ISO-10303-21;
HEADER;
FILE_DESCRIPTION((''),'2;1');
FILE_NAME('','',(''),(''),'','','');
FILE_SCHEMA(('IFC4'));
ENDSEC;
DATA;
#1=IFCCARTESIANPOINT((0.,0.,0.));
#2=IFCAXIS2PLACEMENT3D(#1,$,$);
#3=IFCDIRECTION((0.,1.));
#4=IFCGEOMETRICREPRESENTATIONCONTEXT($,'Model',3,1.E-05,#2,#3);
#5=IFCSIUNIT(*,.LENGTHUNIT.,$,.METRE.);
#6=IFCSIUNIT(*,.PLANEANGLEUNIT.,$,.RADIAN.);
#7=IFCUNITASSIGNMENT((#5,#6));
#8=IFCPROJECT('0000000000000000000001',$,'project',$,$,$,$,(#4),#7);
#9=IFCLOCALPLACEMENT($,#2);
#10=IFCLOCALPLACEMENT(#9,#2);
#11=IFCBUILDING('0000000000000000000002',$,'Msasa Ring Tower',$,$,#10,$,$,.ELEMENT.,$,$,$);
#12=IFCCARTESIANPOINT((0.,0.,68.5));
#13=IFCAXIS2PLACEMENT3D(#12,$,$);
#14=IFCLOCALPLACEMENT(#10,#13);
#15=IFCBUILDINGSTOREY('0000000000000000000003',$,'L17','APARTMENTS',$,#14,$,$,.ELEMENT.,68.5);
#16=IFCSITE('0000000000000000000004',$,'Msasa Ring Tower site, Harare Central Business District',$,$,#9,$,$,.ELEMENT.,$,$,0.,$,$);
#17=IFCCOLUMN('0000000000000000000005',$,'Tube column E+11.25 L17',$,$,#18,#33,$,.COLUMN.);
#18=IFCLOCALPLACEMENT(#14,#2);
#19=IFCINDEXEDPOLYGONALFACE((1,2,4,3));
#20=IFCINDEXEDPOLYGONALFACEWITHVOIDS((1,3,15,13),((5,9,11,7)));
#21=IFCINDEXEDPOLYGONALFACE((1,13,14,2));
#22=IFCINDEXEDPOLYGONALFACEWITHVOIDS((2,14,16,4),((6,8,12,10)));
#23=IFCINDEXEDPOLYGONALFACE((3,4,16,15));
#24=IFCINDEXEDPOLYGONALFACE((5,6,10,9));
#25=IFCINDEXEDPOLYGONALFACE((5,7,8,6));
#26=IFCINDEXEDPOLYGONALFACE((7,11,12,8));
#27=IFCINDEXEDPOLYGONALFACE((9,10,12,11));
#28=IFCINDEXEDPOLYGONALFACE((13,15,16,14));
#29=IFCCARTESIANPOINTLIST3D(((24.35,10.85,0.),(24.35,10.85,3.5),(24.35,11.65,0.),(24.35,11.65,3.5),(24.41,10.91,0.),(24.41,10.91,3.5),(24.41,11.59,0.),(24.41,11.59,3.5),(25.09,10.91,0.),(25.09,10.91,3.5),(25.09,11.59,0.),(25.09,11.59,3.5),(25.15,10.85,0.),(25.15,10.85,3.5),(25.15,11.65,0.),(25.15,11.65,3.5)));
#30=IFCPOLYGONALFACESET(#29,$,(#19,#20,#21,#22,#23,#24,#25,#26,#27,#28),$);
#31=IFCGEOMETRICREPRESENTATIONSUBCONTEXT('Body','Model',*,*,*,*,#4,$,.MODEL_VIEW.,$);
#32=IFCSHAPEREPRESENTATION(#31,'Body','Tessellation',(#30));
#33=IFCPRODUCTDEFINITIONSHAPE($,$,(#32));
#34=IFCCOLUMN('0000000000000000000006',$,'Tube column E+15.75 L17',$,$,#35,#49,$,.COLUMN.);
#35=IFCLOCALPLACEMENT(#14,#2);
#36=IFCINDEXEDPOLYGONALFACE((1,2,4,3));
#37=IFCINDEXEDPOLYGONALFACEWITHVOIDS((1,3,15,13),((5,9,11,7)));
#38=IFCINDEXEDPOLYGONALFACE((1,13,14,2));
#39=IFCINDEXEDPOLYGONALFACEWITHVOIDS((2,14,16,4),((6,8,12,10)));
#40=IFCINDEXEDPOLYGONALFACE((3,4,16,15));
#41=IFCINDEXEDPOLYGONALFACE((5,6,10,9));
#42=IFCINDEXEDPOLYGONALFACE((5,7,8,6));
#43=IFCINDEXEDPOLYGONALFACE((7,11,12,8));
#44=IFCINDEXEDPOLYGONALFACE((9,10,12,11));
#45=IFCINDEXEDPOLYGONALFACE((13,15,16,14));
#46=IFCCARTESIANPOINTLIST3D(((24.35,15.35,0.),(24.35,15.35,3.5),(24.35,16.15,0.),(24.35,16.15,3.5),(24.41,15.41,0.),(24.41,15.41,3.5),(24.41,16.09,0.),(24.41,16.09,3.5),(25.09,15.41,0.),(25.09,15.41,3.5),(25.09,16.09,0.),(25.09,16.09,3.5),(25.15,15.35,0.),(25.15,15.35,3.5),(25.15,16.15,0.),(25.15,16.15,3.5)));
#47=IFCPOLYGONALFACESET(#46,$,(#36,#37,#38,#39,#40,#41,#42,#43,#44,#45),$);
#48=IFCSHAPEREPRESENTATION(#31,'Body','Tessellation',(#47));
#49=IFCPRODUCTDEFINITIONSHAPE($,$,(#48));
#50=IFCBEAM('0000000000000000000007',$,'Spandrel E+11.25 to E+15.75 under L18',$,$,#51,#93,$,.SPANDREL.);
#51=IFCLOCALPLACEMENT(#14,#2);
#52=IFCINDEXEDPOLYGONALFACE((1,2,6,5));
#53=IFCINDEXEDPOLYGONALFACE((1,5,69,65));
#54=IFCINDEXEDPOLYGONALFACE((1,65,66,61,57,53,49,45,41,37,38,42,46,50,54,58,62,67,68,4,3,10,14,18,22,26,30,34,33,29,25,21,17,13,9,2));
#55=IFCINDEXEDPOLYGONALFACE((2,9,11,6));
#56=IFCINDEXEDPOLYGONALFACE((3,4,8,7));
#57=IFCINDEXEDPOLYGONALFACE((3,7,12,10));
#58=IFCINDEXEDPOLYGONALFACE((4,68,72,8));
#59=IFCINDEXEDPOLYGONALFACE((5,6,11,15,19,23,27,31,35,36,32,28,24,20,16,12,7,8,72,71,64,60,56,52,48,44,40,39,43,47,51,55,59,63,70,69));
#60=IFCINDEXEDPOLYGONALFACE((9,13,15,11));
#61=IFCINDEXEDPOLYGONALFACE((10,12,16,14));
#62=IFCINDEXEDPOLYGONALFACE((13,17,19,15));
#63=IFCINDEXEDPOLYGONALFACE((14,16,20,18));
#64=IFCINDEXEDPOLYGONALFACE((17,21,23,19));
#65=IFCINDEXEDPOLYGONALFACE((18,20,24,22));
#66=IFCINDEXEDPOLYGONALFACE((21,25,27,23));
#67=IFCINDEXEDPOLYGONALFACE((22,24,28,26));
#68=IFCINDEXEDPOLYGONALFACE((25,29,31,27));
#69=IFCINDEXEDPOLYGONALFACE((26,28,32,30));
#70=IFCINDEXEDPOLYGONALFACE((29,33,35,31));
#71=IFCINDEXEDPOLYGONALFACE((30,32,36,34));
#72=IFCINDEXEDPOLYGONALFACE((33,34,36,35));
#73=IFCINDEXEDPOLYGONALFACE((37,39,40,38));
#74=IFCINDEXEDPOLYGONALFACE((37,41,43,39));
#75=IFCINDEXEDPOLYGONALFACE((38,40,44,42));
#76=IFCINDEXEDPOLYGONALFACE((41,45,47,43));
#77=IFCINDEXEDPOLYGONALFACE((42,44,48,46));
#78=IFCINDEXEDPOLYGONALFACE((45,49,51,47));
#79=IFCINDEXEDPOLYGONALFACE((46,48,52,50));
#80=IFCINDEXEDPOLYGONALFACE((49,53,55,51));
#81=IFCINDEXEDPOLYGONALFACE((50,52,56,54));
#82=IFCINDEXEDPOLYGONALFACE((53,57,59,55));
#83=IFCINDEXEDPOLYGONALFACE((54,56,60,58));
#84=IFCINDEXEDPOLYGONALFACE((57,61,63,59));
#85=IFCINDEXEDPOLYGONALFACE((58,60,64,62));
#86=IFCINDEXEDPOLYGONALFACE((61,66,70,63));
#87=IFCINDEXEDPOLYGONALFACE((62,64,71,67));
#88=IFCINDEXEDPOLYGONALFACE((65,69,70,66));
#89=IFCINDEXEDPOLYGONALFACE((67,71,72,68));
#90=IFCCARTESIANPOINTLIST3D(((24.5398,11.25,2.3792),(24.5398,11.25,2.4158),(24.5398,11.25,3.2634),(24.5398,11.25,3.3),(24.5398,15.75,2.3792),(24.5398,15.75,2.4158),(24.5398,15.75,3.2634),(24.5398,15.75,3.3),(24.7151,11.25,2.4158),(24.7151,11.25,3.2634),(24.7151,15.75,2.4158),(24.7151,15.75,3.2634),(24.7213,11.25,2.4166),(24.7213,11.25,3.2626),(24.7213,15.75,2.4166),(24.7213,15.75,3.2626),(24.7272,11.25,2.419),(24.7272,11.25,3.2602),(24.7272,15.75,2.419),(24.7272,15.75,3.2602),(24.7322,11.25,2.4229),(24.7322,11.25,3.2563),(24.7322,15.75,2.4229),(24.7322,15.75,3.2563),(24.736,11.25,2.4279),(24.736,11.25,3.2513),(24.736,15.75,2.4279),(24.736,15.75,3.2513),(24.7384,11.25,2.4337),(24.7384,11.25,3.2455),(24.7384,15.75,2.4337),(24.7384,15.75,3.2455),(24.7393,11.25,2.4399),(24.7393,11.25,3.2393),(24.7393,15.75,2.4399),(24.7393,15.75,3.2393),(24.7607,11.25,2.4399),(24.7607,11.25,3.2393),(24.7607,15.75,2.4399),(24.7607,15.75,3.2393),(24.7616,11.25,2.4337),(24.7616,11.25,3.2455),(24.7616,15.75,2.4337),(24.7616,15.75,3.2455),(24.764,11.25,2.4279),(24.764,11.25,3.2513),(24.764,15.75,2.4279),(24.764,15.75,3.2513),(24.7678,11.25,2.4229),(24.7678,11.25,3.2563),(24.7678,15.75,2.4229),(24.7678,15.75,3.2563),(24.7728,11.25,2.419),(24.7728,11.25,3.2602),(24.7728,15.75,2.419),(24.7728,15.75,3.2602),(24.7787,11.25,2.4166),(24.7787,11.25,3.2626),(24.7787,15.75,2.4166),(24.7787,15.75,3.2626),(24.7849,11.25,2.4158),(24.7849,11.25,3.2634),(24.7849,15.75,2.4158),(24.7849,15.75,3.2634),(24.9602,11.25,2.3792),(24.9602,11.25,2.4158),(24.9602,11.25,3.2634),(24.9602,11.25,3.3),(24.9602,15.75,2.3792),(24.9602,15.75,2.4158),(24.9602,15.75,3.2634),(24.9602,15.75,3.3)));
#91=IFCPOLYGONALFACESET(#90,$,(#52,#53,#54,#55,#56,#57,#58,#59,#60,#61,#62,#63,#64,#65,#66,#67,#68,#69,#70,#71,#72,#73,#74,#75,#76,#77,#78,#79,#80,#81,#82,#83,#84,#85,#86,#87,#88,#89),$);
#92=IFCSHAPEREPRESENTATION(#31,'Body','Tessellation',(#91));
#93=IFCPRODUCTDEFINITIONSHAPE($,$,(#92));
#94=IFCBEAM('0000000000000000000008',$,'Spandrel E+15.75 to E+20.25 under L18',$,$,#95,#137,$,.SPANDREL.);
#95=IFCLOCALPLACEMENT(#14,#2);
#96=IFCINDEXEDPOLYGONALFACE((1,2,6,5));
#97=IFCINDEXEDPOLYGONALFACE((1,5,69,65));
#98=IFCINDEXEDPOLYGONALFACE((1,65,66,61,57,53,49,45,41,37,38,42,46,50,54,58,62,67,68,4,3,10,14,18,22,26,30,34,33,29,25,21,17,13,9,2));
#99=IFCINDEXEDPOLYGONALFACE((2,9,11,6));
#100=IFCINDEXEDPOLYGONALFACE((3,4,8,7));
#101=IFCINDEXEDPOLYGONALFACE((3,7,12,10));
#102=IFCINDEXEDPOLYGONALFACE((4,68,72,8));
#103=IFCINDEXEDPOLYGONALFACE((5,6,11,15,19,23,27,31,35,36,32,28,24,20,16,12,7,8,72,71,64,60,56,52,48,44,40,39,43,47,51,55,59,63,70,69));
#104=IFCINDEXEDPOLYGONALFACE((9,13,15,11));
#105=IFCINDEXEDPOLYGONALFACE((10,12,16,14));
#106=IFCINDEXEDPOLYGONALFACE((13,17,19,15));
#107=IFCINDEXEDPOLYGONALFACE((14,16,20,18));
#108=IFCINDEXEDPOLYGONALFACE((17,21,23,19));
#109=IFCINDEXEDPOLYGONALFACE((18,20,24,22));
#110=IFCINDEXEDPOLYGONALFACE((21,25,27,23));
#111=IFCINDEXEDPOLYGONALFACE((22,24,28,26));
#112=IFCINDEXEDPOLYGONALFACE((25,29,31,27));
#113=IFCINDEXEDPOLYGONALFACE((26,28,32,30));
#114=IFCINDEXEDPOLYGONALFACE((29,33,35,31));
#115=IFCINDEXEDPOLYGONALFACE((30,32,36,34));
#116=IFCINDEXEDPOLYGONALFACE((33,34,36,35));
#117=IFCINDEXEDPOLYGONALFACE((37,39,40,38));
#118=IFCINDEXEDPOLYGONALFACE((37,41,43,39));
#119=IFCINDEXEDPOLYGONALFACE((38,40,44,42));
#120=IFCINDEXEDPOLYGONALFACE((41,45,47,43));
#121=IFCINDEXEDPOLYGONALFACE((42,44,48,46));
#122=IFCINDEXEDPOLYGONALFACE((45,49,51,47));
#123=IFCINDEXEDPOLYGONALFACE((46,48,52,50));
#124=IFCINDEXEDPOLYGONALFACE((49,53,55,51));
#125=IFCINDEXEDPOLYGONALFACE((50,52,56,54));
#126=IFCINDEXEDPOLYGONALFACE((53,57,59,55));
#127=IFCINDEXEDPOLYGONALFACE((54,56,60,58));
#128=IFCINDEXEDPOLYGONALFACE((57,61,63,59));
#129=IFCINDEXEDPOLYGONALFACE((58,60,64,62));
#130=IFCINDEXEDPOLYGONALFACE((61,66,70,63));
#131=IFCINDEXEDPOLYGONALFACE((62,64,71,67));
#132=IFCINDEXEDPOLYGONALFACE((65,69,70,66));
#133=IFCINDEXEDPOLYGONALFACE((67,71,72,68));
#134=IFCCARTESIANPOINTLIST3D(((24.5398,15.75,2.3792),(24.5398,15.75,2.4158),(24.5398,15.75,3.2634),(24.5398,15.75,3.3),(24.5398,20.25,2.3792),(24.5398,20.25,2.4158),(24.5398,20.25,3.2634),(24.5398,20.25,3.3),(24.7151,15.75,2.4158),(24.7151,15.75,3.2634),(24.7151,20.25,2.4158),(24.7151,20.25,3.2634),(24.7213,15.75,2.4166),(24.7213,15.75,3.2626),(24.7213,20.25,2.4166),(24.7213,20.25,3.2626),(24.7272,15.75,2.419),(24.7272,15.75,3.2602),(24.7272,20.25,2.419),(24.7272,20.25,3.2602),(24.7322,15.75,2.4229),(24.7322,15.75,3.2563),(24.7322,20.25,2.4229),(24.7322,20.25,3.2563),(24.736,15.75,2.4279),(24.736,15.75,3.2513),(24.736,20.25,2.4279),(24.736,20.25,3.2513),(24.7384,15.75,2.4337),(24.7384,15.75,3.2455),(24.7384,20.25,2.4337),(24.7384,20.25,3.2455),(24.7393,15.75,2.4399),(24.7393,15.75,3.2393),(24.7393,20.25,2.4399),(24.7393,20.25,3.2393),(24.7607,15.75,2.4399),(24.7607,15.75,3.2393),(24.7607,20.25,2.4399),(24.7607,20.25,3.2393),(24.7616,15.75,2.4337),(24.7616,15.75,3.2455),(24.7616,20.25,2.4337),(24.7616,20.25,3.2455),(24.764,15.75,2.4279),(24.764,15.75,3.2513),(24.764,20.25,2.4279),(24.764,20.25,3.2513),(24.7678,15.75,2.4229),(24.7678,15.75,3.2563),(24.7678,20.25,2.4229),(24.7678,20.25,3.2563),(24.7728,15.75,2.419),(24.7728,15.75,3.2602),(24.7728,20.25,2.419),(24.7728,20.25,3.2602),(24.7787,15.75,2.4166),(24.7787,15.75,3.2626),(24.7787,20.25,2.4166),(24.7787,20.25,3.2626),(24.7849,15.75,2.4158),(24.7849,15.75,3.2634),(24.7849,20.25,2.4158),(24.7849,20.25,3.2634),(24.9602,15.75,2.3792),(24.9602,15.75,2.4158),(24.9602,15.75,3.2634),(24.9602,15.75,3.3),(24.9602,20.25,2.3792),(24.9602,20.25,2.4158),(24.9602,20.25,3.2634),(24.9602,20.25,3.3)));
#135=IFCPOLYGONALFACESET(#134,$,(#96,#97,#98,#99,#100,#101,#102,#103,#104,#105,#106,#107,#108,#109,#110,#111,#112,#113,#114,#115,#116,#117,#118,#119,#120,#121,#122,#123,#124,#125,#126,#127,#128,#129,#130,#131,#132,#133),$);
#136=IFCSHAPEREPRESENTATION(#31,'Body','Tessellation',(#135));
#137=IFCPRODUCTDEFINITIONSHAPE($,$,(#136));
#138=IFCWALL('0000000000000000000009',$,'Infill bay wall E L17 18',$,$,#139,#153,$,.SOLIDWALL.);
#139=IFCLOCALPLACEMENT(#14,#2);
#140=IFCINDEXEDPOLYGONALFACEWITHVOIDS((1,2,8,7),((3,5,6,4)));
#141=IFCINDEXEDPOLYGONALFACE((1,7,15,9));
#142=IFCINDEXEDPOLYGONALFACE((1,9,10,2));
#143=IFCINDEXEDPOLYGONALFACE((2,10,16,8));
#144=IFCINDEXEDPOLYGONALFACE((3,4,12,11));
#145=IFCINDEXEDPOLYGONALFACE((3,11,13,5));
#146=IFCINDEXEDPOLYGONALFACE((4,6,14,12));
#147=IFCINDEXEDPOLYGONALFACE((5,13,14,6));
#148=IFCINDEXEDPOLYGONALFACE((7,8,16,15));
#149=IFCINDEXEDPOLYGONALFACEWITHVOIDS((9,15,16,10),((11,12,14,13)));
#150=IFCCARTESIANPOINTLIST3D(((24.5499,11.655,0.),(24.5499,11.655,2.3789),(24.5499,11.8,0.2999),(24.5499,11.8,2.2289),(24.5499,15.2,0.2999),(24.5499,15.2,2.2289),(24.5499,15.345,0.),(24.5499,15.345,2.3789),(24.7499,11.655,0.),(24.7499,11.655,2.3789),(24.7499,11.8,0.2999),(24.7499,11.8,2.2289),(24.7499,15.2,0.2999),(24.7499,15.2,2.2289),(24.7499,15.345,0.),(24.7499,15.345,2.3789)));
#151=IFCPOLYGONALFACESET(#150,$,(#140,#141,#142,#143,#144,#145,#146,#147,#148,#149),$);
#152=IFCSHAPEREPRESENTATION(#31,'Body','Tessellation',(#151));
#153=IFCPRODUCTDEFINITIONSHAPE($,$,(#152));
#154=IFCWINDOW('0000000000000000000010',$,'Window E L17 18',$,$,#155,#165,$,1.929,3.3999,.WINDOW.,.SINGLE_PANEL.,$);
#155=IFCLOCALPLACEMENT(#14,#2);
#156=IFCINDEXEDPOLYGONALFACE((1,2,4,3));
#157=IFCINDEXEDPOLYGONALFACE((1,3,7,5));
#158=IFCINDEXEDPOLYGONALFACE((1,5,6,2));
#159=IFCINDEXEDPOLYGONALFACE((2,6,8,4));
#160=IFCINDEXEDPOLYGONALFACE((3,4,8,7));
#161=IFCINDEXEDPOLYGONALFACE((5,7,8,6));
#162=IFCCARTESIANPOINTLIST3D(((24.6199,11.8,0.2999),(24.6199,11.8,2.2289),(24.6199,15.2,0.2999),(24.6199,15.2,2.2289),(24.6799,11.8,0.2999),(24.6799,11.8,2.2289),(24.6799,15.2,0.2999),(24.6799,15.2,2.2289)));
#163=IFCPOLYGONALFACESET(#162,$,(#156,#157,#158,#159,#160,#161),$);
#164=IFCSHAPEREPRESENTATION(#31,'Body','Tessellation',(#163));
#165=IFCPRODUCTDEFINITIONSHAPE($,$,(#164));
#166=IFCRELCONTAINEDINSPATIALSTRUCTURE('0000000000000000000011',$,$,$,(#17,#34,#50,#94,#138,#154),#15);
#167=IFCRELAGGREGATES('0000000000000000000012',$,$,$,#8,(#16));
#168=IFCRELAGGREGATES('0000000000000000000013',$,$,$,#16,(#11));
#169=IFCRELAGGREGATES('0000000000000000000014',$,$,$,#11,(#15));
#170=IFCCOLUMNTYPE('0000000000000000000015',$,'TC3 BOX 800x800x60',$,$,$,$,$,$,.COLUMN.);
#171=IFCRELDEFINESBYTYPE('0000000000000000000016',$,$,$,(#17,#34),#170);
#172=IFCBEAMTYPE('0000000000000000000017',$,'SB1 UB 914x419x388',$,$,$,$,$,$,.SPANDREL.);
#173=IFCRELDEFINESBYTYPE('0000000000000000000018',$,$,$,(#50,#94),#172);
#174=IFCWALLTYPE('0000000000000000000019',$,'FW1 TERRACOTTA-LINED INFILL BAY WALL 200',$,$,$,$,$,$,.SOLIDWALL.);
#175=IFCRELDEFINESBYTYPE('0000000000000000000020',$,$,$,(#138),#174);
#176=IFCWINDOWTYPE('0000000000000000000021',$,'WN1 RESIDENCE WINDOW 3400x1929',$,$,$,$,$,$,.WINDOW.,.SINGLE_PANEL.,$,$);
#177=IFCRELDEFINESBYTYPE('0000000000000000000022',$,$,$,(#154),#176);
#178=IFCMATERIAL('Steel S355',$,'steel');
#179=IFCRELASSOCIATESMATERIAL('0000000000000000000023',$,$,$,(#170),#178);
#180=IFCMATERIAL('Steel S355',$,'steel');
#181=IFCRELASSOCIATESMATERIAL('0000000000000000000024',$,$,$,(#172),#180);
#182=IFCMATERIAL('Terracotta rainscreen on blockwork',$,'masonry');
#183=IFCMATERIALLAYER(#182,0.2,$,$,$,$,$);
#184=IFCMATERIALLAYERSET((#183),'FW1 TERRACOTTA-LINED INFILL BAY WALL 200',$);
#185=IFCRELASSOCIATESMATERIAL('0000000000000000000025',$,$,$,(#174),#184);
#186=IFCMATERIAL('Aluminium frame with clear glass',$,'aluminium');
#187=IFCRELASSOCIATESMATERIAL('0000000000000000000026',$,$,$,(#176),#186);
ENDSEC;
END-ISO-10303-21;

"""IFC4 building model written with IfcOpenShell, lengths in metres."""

from ifc_helpers import new_model, si_unit, direction, frame, frame_2d, origin, origin_2d, place, context, subcontext, project, spatial, rectangle, hollow_rectangle, i_section, extrude, material, layer, layer_set, material_profile, profile_set, type_object, element, fill, save


model = new_model("IFC4")

# Units and contexts
model_context = context("Model", 3, precision=1e-05, world=origin(), true_north=direction((0.0, 1.0)))
body_context = subcontext(model_context, "Body", "Model", "MODEL_VIEW")
ifc_project = project(units=[si_unit("LENGTHUNIT", "METRE"), si_unit("PLANEANGLEUNIT", "RADIAN")], contexts=[model_context])

# Site, building, storey
site_placement = place(None, origin())
site = spatial("IfcSite", under=ifc_project, at=site_placement, Name="Msasa Ring Tower site, Harare Central Business District", CompositionType="ELEMENT", RefElevation=0.0)
building_placement = place(site_placement, origin())
building = spatial("IfcBuilding", under=site, at=building_placement, Name="Msasa Ring Tower", CompositionType="ELEMENT")
storey_placement = place(building_placement, frame((0.0, 0.0, 68.5)))
storey = spatial("IfcBuildingStorey", under=building, at=storey_placement, Name="L17", Description="APARTMENTS", CompositionType="ELEMENT", Elevation=68.5)

# Columns
ifc_material_1 = material(Name="Steel S355", Category="steel")
ifc_material_profile_1 = material_profile(ifc_material_1, hollow_rectangle(XDim=0.8, YDim=0.8, WallThickness=0.0601, at=origin_2d()), Name="BOX 800x800x60")
ifc_profile_set_1 = profile_set([ifc_material_profile_1], Name="Steel S355")
column_type = type_object("IfcColumnType", Name="TC3 BOX 800x800x60", PredefinedType="COLUMN", material=ifc_profile_set_1)
for number, where, z_axis, x_axis, name in (
    (1, (24.75, 11.25, 0.0), (0.0, 0.0, 1.0), (1.0, 0.0, 0.0), "Tube column E+11.25 L17"),
    (2, (24.75, 15.75, 0.0), (0.0, 0.0, 1.0), (1.0, 0.0, 0.0), "Tube column E+15.75 L17"),
):
    element("IfcColumn", number, at=place(storey_placement, frame(where, z_axis=z_axis, x_axis=x_axis)), inside=storey, type_object=column_type, Name=name, PredefinedType="COLUMN", context=body_context, shape_type="SweptSolid", body=[
        extrude(hollow_rectangle(XDim=0.8, YDim=0.8, WallThickness=0.0601, at=origin_2d()), origin(), (0.0, 0.0, 1.0), 3.5),
    ])

# Beams
ifc_material_2 = material(Name="Steel S355", Category="steel")
ifc_material_profile_2 = material_profile(ifc_material_2, i_section(OverallWidth=0.4204, OverallDepth=0.9209, WebThickness=0.0215, FlangeThickness=0.0366, FilletRadius=0.0242, at=origin_2d()), Name="UB 914x419x388")
ifc_profile_set_2 = profile_set([ifc_material_profile_2], Name="Steel S355")
beam_type = type_object("IfcBeamType", Name="SB1 UB 914x419x388", PredefinedType="SPANDREL", material=ifc_profile_set_2)
for number, where, z_axis, x_axis, name in (
    (3, (24.75, 11.25, 2.8396), (0.0, 1.0, 0.0), (-1.0, 0.0, 0.0), "Spandrel E+11.25 to E+15.75 under L18"),
    (4, (24.75, 15.75, 2.8396), (0.0, 1.0, 0.0), (-1.0, 0.0, 0.0), "Spandrel E+15.75 to E+20.25 under L18"),
):
    element("IfcBeam", number, at=place(storey_placement, frame(where, z_axis=z_axis, x_axis=x_axis)), inside=storey, type_object=beam_type, Name=name, PredefinedType="SPANDREL", context=body_context, shape_type="SweptSolid", body=[
        extrude(i_section(OverallWidth=0.4204, OverallDepth=0.9209, WebThickness=0.0215, FlangeThickness=0.0366, FilletRadius=0.0242, at=origin_2d()), origin(), (0.0, 0.0, 1.0), 4.5),
    ])

# Wall, opening, window
ifc_material_3 = material(Name="Terracotta rainscreen on blockwork", Category="masonry")
ifc_layer_1 = layer(ifc_material_3, 0.2)
ifc_layer_set_1 = layer_set([ifc_layer_1], Name="FW1 TERRACOTTA-LINED INFILL BAY WALL 200")
wall_type_1 = type_object("IfcWallType", Name="FW1 TERRACOTTA-LINED INFILL BAY WALL 200", PredefinedType="SOLIDWALL", material=ifc_layer_set_1)
wall_1_placement = place(storey_placement, frame((24.6499, 11.655, 0.0), z_axis=(0.0, 0.0, 1.0), x_axis=(0.0, 1.0, 0.0)))
wall_1 = element("IfcWall", 5, at=wall_1_placement, inside=storey, type_object=wall_type_1, Name="Infill bay wall E L17 18", PredefinedType="SOLIDWALL", context=body_context, shape_type="SweptSolid", body=[
    extrude(rectangle(XDim=3.6899, YDim=0.2, at=frame_2d((1.845, 0.0))), origin(), (0.0, 0.0, 1.0), 2.3789),
])
opening_1_placement = place(wall_1_placement, frame((0.145, 0.0, 0.3)))
opening_1 = element("IfcOpeningElement", 6, at=opening_1_placement, cuts=wall_1, PredefinedType="OPENING", context=body_context, shape_type="SweptSolid", body=[
    extrude(rectangle(XDim=3.3999, YDim=1.929, at=frame_2d((1.7, 0.9644))), frame((0.0, 0.1099, 0.0), z_axis=(0.0, -1.0, 0.0), x_axis=(1.0, 0.0, 0.0)), (0.0, 0.0, 1.0), 0.22),
])
ifc_material_4 = material(Name="Aluminium frame with clear glass", Category="aluminium")
window_type = type_object("IfcWindowType", Name="WN1 RESIDENCE WINDOW 3400x1929", PartitioningType="SINGLE_PANEL", PredefinedType="WINDOW", material=ifc_material_4)
window_1_placement = place(opening_1_placement, origin())
window_1 = element("IfcWindow", 7, at=window_1_placement, inside=storey, type_object=window_type, Name="Window E L17 18", OverallHeight=1.929, OverallWidth=3.3999, PartitioningType="SINGLE_PANEL", PredefinedType="WINDOW", context=body_context, shape_type="SweptSolid", body=[
    extrude(rectangle(XDim=3.3999, YDim=1.929, at=frame_2d((1.7, 0.9644))), frame((0.0, 0.03, 0.0), z_axis=(0.0, -1.0, 0.0), x_axis=(1.0, 0.0, 0.0)), (0.0, 0.0, 1.0), 0.0601),
])
fill(opening_1, window_1)

save(model, "model.ifc")
